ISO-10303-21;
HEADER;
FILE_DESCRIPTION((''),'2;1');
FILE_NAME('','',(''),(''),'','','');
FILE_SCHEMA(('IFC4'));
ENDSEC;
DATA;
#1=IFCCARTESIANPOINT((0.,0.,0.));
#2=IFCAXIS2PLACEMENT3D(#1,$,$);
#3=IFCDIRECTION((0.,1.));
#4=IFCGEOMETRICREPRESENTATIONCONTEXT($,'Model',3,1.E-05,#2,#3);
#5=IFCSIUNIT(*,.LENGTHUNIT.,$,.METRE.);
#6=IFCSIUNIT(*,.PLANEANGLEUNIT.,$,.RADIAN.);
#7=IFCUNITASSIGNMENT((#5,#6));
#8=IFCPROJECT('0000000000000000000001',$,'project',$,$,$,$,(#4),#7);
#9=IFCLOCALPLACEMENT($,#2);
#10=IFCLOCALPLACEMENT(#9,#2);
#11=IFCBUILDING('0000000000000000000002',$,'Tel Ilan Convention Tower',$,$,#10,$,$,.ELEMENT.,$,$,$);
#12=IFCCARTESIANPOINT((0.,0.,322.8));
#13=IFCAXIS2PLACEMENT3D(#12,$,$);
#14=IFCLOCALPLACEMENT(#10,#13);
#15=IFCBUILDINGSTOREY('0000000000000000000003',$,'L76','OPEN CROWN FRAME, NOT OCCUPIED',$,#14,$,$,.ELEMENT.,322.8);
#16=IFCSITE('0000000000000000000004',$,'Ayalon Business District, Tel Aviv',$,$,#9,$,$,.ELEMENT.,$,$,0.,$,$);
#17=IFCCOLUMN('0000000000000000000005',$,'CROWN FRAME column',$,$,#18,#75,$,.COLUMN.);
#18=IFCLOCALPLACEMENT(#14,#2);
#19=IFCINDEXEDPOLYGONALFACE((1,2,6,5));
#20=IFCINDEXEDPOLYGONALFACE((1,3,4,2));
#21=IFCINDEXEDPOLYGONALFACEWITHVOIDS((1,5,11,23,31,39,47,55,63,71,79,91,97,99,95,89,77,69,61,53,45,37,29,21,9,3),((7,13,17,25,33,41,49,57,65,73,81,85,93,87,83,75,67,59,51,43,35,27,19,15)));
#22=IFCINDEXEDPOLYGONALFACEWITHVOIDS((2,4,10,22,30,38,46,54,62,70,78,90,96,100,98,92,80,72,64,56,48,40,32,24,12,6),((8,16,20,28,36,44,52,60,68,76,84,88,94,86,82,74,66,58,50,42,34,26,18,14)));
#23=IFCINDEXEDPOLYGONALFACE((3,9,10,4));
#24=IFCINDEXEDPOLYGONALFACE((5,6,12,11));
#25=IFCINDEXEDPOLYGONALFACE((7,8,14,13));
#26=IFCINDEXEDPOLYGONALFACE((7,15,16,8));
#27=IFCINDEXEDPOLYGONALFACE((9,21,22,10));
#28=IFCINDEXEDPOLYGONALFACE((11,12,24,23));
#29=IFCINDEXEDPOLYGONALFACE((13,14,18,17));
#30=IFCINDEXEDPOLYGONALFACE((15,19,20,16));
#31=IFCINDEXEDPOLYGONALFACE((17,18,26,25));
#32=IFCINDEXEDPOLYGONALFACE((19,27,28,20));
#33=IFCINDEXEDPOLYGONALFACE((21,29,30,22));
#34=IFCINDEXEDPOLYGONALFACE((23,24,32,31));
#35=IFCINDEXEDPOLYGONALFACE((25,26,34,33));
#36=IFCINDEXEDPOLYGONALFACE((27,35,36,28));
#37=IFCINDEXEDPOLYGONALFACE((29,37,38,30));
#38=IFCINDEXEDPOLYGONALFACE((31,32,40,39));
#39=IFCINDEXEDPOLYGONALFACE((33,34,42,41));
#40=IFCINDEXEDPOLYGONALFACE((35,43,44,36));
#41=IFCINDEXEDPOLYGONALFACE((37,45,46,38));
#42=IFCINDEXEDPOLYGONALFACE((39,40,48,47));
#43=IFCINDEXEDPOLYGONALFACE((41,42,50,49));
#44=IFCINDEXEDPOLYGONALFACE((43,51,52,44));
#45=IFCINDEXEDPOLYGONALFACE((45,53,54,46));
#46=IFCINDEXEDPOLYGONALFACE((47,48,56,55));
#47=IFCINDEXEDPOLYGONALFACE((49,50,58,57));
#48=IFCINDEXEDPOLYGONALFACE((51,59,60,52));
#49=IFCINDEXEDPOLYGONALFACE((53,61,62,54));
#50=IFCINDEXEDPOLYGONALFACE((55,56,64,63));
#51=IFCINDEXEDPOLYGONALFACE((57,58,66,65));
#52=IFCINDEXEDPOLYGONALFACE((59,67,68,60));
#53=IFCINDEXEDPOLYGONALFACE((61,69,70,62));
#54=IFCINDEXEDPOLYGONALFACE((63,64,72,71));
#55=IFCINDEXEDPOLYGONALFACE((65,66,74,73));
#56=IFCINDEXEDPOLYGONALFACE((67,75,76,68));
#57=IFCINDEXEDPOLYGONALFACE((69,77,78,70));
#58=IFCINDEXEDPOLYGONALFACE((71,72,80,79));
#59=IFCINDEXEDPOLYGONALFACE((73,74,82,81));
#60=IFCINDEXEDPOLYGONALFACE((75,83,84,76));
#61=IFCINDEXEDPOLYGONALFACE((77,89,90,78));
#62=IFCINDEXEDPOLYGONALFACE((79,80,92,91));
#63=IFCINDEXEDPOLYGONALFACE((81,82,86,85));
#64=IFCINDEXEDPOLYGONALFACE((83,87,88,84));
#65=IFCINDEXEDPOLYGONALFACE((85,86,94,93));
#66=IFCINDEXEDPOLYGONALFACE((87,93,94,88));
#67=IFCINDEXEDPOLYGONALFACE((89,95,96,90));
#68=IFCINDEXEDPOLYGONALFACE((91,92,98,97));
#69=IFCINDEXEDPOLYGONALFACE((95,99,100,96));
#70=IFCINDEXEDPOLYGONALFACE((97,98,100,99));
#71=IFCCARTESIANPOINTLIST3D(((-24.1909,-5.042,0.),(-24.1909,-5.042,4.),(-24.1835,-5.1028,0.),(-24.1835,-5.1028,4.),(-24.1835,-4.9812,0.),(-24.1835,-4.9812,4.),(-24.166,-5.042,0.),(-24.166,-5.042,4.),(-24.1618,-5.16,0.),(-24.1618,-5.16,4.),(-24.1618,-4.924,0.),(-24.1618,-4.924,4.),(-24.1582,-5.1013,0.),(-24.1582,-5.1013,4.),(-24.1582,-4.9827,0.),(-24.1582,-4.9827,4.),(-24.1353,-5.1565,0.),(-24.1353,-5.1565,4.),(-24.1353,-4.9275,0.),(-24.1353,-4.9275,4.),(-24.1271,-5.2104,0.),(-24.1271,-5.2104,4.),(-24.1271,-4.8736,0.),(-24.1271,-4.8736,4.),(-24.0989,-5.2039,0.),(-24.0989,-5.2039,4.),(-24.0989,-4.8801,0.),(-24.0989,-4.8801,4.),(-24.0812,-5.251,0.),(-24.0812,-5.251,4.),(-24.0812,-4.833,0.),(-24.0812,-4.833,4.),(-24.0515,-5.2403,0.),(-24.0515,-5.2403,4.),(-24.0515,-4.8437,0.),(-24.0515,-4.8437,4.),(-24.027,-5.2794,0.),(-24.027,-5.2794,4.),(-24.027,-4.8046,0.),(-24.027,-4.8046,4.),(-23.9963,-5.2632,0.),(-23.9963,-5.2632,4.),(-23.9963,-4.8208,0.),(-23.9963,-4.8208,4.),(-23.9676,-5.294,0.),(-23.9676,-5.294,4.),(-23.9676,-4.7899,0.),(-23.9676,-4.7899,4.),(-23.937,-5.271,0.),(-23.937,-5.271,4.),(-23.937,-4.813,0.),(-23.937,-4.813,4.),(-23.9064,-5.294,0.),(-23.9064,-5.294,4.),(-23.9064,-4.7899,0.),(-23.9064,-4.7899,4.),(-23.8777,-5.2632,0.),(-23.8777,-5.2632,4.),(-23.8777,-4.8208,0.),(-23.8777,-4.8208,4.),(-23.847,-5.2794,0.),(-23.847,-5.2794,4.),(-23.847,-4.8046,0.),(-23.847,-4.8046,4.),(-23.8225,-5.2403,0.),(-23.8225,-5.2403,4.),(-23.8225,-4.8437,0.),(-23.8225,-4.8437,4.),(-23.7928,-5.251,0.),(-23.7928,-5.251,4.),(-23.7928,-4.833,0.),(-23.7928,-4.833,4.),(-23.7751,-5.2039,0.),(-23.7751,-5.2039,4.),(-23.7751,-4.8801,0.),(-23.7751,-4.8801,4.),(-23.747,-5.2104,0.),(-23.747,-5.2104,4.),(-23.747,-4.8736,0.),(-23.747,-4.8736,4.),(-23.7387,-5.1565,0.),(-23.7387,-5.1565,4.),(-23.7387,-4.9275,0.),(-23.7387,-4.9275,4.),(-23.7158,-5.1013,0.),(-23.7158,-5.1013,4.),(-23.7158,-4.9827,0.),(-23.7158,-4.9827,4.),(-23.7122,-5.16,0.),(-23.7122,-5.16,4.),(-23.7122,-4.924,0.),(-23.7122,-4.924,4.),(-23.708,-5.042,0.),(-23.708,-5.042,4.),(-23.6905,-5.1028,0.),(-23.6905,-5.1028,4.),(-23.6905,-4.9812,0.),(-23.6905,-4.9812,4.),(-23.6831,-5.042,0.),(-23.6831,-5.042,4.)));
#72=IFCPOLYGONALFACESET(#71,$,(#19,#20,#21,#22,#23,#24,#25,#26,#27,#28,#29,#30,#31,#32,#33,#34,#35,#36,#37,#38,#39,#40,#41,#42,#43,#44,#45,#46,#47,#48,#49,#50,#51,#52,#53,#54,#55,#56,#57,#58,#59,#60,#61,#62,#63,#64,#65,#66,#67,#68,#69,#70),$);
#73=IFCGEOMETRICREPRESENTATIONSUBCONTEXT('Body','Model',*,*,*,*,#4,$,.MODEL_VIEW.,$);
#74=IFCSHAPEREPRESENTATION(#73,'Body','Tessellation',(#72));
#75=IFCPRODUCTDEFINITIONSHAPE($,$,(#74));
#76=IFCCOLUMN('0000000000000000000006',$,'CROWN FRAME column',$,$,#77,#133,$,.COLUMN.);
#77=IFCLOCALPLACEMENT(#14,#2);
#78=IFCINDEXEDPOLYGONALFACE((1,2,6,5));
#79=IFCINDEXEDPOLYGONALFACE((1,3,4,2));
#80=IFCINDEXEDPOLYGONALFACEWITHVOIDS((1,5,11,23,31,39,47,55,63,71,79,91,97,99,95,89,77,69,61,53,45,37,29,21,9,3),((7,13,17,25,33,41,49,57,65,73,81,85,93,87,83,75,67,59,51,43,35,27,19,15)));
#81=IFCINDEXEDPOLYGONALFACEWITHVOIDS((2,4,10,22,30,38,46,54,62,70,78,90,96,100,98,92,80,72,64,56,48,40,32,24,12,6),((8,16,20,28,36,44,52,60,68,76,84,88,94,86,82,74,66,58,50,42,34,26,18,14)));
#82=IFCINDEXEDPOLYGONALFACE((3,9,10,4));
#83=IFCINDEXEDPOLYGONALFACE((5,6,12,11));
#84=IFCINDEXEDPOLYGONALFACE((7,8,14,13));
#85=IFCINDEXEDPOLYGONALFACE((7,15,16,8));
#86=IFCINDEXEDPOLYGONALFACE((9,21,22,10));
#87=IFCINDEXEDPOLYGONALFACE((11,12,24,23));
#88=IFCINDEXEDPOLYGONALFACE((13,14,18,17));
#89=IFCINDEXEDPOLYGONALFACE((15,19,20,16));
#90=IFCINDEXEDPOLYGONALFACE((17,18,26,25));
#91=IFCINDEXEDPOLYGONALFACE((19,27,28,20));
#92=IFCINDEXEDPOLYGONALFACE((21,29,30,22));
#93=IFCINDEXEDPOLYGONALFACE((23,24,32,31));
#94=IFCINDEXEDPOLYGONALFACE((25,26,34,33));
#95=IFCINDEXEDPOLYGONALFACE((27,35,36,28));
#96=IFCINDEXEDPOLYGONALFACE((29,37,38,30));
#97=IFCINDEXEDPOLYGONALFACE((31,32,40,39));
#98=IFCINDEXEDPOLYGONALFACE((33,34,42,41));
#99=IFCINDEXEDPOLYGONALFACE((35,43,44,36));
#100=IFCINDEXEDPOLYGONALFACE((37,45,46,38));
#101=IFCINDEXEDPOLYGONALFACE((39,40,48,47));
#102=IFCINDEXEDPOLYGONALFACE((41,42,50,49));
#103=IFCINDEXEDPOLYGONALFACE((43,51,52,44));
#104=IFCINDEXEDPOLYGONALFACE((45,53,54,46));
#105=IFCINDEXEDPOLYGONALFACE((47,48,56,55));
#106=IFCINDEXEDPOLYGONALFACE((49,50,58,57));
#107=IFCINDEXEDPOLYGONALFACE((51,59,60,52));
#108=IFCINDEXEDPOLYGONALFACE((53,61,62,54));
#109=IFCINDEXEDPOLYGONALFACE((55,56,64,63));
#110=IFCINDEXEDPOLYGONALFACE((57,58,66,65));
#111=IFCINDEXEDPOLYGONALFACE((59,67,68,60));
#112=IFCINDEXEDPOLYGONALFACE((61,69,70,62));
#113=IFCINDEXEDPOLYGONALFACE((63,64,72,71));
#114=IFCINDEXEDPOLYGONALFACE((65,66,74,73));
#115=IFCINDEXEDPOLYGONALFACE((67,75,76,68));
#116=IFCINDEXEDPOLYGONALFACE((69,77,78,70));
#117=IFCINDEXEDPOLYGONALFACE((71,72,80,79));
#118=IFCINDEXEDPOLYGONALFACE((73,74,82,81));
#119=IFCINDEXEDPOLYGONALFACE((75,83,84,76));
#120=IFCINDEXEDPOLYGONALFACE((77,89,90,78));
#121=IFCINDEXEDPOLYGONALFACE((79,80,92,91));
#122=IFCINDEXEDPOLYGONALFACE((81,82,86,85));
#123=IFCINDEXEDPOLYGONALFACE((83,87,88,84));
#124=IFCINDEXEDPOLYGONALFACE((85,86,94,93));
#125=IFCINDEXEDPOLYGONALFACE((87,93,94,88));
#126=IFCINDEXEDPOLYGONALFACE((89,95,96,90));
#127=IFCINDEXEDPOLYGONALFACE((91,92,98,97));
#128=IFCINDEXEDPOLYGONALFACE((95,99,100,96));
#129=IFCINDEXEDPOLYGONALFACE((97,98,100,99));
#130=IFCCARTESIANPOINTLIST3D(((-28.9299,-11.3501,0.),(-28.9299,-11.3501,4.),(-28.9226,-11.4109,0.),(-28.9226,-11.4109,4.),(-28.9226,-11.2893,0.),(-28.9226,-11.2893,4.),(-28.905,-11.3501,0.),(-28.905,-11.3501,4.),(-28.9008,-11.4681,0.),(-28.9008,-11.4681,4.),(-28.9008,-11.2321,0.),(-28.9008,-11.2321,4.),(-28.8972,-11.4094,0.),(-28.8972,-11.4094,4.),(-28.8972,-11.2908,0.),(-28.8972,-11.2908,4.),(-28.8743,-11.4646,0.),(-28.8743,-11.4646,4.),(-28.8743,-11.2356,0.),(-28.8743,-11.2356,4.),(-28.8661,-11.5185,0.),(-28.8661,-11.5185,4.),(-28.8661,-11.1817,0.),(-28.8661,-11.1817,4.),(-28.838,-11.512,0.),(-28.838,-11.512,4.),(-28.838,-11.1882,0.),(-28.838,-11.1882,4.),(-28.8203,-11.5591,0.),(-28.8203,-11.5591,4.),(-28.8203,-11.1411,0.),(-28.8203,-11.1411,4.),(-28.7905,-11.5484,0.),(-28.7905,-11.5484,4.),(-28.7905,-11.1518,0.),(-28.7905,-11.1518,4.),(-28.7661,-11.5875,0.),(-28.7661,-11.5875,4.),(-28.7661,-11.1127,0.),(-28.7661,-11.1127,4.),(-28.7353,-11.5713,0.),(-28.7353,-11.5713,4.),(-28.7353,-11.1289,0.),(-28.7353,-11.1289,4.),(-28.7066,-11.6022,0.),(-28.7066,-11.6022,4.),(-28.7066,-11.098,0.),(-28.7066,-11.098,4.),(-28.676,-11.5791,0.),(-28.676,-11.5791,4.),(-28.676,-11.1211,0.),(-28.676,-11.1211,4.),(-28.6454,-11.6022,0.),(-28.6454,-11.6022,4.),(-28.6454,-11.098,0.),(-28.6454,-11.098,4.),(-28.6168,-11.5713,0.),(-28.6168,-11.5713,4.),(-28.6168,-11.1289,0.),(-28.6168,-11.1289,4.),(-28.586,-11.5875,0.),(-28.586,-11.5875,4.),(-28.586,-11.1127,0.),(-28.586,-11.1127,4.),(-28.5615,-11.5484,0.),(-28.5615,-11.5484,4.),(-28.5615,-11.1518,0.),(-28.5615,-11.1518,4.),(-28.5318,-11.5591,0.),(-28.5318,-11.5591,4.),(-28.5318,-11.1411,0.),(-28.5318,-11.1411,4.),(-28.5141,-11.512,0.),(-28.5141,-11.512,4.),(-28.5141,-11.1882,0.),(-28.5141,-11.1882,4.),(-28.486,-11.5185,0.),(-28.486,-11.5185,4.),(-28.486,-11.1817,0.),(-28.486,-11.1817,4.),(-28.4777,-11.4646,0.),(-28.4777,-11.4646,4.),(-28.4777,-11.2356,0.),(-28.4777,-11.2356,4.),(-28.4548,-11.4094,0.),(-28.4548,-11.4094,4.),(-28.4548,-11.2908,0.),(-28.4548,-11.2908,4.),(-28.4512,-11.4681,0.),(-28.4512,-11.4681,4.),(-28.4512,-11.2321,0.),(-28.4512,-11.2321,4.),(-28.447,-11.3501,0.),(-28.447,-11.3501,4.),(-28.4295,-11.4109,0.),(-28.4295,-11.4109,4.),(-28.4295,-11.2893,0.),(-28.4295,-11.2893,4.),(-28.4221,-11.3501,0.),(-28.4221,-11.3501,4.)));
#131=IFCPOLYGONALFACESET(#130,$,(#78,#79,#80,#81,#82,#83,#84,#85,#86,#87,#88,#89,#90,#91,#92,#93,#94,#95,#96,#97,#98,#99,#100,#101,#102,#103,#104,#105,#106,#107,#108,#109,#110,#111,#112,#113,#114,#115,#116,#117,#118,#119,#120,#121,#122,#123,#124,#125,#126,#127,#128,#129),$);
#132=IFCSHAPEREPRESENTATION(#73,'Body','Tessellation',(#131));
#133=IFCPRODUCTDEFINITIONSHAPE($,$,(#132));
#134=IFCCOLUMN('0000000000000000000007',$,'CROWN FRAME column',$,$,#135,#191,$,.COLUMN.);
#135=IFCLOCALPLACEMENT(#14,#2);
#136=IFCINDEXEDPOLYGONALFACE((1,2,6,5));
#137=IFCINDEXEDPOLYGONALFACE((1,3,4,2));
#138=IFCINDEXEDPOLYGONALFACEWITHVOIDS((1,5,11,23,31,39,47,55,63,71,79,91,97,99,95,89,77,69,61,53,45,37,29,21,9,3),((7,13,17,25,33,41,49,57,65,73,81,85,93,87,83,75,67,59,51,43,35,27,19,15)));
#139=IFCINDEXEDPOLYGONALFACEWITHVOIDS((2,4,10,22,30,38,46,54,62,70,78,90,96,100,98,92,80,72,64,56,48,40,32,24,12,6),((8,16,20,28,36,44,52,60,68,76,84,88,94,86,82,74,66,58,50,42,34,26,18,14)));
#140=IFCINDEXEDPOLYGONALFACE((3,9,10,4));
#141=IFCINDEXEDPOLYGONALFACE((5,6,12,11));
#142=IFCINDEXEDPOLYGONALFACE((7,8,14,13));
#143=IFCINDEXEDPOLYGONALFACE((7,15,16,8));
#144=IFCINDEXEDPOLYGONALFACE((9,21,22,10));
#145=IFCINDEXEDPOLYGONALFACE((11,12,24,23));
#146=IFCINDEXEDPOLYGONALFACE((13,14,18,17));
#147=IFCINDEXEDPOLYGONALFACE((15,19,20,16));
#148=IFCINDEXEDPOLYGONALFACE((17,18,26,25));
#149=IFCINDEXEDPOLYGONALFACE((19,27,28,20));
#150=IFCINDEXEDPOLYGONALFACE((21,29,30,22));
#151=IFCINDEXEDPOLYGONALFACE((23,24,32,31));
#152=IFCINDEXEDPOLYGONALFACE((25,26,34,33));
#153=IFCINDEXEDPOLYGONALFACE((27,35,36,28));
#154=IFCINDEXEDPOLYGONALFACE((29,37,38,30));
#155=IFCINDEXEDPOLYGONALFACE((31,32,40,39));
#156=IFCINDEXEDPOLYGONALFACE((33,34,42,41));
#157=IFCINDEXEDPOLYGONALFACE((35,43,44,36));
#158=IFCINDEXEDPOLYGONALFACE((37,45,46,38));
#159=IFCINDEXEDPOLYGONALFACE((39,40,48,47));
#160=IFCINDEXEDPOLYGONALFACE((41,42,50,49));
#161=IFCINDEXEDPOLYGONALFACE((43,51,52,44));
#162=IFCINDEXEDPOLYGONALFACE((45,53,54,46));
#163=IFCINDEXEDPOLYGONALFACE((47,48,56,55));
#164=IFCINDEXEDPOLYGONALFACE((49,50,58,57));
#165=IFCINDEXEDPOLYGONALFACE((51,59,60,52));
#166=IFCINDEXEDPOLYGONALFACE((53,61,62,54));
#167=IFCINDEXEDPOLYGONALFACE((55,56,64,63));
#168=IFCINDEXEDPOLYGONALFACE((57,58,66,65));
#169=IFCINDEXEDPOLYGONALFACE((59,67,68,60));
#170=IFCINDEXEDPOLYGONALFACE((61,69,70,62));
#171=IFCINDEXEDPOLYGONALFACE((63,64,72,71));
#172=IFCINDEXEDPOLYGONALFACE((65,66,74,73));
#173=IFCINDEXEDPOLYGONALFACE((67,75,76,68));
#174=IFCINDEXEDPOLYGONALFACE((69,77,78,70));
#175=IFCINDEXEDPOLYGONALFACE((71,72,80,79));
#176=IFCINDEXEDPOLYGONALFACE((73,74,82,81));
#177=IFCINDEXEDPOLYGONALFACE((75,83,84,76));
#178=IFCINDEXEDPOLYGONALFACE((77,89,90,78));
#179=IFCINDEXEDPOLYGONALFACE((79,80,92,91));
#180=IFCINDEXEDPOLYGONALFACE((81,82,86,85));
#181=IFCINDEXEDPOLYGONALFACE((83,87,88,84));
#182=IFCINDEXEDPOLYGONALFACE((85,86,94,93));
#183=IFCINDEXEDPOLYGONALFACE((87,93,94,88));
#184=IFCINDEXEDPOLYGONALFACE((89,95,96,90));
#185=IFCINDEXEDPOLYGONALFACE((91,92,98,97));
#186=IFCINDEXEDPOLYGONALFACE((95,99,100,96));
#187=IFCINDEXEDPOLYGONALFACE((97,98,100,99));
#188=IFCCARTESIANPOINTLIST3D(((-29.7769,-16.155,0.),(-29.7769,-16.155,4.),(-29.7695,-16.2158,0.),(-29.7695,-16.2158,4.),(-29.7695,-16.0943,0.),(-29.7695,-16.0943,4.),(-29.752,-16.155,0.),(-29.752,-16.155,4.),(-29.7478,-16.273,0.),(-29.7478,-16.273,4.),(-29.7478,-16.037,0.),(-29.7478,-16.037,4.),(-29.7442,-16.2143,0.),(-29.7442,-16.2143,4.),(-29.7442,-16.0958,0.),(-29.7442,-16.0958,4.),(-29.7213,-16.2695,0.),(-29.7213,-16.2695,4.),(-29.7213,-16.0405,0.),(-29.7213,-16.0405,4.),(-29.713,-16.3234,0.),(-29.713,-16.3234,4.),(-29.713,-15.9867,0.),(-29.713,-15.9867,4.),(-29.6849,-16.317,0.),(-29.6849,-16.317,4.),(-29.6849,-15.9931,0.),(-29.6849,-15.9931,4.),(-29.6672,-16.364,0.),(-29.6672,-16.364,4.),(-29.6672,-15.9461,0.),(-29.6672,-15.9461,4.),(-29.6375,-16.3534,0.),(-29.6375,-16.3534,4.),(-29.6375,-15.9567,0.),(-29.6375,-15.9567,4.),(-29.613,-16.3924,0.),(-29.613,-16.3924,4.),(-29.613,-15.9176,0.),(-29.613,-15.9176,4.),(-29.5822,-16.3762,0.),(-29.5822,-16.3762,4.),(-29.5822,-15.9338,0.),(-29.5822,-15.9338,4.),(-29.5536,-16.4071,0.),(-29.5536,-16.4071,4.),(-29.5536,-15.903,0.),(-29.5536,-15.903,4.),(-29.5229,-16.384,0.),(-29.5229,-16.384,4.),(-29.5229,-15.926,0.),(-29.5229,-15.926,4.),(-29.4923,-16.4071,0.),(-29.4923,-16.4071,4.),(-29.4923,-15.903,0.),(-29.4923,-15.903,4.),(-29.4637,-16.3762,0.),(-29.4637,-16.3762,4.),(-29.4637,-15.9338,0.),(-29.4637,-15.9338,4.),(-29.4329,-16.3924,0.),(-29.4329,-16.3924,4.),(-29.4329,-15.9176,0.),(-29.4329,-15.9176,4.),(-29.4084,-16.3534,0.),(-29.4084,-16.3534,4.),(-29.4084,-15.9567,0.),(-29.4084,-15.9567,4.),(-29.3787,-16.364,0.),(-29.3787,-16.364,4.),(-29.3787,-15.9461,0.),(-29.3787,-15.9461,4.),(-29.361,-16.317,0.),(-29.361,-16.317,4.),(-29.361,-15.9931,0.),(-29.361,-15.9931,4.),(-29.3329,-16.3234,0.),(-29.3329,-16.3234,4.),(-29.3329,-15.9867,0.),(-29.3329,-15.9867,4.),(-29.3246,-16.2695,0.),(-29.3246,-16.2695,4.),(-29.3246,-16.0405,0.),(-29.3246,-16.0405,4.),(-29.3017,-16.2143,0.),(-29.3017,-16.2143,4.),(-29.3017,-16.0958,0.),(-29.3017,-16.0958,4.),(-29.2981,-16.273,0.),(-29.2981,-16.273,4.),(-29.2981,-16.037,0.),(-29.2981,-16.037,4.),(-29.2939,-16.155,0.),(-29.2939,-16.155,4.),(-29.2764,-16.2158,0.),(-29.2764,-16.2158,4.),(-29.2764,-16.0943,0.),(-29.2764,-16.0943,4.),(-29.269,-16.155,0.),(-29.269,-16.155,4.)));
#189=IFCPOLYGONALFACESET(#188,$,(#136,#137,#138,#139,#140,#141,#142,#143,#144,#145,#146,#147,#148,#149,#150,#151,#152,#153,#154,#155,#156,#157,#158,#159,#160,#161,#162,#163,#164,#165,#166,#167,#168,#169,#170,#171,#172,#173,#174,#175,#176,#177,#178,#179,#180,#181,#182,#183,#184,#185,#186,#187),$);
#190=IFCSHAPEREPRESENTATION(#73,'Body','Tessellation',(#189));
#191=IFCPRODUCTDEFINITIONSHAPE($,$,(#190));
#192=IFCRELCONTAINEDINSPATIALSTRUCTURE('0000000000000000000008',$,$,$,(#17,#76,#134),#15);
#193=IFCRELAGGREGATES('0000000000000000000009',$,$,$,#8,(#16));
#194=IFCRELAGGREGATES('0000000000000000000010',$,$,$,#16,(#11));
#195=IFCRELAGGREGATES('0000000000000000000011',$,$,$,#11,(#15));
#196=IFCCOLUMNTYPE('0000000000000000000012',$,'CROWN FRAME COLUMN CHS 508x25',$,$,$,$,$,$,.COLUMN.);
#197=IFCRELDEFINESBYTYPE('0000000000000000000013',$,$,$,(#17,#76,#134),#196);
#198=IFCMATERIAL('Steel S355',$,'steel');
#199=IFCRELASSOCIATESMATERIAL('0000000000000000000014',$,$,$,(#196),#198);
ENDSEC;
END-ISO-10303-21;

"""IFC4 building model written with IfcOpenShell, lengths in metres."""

from ifc_helpers import new_model, si_unit, direction, frame, origin, origin_2d, place, context, subcontext, project, spatial, hollow_circle, extrude, material, material_profile, profile_set, type_object, element, save


model = new_model("IFC4")

# Units and contexts
model_context = context("Model", 3, precision=1e-05, world=origin(), true_north=direction((0.0, 1.0)))
body_context = subcontext(model_context, "Body", "Model", "MODEL_VIEW")
ifc_project = project(units=[si_unit("LENGTHUNIT", "METRE"), si_unit("PLANEANGLEUNIT", "RADIAN")], contexts=[model_context])

# Site, building, storey
site_placement = place(None, origin())
site = spatial("IfcSite", under=ifc_project, at=site_placement, Name="Ayalon Business District, Tel Aviv", CompositionType="ELEMENT", RefElevation=0.0)
building_placement = place(site_placement, origin())
building = spatial("IfcBuilding", under=site, at=building_placement, Name="Tel Ilan Convention Tower", CompositionType="ELEMENT")
storey_placement = place(building_placement, frame((0.0, 0.0, 322.8)))
storey = spatial("IfcBuildingStorey", under=building, at=storey_placement, Name="L76", Description="OPEN CROWN FRAME, NOT OCCUPIED", CompositionType="ELEMENT", Elevation=322.8)

# Columns
ifc_material_1 = material(Name="Steel S355", Category="steel")
ifc_material_profile_1 = material_profile(ifc_material_1, hollow_circle(Radius=0.2539, WallThickness=0.0249, at=origin_2d()), Name="CHS 508x25")
ifc_profile_set_1 = profile_set([ifc_material_profile_1], Name="Steel S355")
column_type = type_object("IfcColumnType", Name="CROWN FRAME COLUMN CHS 508x25", PredefinedType="COLUMN", material=ifc_profile_set_1)
for number, where, z_axis, x_axis, name in (
    (1, (-23.937, -5.042, 0.0), (0.0, 0.0, 1.0), (1.0, 0.0, 0.0), "CROWN FRAME column"),
    (2, (-28.676, -11.3501, 0.0), (0.0, 0.0, 1.0), (1.0, 0.0, 0.0), "CROWN FRAME column"),
    (3, (-29.5229, -16.155, 0.0), (0.0, 0.0, 1.0), (1.0, 0.0, 0.0), "CROWN FRAME column"),
):
    element("IfcColumn", number, at=place(storey_placement, frame(where, z_axis=z_axis, x_axis=x_axis)), inside=storey, type_object=column_type, Name=name, PredefinedType="COLUMN", context=body_context, shape_type="SweptSolid", body=[
        extrude(hollow_circle(Radius=0.2539, WallThickness=0.0249, at=origin_2d()), origin(), (0.0, 0.0, 1.0), 4.0),
    ])

save(model, "model.ifc")
